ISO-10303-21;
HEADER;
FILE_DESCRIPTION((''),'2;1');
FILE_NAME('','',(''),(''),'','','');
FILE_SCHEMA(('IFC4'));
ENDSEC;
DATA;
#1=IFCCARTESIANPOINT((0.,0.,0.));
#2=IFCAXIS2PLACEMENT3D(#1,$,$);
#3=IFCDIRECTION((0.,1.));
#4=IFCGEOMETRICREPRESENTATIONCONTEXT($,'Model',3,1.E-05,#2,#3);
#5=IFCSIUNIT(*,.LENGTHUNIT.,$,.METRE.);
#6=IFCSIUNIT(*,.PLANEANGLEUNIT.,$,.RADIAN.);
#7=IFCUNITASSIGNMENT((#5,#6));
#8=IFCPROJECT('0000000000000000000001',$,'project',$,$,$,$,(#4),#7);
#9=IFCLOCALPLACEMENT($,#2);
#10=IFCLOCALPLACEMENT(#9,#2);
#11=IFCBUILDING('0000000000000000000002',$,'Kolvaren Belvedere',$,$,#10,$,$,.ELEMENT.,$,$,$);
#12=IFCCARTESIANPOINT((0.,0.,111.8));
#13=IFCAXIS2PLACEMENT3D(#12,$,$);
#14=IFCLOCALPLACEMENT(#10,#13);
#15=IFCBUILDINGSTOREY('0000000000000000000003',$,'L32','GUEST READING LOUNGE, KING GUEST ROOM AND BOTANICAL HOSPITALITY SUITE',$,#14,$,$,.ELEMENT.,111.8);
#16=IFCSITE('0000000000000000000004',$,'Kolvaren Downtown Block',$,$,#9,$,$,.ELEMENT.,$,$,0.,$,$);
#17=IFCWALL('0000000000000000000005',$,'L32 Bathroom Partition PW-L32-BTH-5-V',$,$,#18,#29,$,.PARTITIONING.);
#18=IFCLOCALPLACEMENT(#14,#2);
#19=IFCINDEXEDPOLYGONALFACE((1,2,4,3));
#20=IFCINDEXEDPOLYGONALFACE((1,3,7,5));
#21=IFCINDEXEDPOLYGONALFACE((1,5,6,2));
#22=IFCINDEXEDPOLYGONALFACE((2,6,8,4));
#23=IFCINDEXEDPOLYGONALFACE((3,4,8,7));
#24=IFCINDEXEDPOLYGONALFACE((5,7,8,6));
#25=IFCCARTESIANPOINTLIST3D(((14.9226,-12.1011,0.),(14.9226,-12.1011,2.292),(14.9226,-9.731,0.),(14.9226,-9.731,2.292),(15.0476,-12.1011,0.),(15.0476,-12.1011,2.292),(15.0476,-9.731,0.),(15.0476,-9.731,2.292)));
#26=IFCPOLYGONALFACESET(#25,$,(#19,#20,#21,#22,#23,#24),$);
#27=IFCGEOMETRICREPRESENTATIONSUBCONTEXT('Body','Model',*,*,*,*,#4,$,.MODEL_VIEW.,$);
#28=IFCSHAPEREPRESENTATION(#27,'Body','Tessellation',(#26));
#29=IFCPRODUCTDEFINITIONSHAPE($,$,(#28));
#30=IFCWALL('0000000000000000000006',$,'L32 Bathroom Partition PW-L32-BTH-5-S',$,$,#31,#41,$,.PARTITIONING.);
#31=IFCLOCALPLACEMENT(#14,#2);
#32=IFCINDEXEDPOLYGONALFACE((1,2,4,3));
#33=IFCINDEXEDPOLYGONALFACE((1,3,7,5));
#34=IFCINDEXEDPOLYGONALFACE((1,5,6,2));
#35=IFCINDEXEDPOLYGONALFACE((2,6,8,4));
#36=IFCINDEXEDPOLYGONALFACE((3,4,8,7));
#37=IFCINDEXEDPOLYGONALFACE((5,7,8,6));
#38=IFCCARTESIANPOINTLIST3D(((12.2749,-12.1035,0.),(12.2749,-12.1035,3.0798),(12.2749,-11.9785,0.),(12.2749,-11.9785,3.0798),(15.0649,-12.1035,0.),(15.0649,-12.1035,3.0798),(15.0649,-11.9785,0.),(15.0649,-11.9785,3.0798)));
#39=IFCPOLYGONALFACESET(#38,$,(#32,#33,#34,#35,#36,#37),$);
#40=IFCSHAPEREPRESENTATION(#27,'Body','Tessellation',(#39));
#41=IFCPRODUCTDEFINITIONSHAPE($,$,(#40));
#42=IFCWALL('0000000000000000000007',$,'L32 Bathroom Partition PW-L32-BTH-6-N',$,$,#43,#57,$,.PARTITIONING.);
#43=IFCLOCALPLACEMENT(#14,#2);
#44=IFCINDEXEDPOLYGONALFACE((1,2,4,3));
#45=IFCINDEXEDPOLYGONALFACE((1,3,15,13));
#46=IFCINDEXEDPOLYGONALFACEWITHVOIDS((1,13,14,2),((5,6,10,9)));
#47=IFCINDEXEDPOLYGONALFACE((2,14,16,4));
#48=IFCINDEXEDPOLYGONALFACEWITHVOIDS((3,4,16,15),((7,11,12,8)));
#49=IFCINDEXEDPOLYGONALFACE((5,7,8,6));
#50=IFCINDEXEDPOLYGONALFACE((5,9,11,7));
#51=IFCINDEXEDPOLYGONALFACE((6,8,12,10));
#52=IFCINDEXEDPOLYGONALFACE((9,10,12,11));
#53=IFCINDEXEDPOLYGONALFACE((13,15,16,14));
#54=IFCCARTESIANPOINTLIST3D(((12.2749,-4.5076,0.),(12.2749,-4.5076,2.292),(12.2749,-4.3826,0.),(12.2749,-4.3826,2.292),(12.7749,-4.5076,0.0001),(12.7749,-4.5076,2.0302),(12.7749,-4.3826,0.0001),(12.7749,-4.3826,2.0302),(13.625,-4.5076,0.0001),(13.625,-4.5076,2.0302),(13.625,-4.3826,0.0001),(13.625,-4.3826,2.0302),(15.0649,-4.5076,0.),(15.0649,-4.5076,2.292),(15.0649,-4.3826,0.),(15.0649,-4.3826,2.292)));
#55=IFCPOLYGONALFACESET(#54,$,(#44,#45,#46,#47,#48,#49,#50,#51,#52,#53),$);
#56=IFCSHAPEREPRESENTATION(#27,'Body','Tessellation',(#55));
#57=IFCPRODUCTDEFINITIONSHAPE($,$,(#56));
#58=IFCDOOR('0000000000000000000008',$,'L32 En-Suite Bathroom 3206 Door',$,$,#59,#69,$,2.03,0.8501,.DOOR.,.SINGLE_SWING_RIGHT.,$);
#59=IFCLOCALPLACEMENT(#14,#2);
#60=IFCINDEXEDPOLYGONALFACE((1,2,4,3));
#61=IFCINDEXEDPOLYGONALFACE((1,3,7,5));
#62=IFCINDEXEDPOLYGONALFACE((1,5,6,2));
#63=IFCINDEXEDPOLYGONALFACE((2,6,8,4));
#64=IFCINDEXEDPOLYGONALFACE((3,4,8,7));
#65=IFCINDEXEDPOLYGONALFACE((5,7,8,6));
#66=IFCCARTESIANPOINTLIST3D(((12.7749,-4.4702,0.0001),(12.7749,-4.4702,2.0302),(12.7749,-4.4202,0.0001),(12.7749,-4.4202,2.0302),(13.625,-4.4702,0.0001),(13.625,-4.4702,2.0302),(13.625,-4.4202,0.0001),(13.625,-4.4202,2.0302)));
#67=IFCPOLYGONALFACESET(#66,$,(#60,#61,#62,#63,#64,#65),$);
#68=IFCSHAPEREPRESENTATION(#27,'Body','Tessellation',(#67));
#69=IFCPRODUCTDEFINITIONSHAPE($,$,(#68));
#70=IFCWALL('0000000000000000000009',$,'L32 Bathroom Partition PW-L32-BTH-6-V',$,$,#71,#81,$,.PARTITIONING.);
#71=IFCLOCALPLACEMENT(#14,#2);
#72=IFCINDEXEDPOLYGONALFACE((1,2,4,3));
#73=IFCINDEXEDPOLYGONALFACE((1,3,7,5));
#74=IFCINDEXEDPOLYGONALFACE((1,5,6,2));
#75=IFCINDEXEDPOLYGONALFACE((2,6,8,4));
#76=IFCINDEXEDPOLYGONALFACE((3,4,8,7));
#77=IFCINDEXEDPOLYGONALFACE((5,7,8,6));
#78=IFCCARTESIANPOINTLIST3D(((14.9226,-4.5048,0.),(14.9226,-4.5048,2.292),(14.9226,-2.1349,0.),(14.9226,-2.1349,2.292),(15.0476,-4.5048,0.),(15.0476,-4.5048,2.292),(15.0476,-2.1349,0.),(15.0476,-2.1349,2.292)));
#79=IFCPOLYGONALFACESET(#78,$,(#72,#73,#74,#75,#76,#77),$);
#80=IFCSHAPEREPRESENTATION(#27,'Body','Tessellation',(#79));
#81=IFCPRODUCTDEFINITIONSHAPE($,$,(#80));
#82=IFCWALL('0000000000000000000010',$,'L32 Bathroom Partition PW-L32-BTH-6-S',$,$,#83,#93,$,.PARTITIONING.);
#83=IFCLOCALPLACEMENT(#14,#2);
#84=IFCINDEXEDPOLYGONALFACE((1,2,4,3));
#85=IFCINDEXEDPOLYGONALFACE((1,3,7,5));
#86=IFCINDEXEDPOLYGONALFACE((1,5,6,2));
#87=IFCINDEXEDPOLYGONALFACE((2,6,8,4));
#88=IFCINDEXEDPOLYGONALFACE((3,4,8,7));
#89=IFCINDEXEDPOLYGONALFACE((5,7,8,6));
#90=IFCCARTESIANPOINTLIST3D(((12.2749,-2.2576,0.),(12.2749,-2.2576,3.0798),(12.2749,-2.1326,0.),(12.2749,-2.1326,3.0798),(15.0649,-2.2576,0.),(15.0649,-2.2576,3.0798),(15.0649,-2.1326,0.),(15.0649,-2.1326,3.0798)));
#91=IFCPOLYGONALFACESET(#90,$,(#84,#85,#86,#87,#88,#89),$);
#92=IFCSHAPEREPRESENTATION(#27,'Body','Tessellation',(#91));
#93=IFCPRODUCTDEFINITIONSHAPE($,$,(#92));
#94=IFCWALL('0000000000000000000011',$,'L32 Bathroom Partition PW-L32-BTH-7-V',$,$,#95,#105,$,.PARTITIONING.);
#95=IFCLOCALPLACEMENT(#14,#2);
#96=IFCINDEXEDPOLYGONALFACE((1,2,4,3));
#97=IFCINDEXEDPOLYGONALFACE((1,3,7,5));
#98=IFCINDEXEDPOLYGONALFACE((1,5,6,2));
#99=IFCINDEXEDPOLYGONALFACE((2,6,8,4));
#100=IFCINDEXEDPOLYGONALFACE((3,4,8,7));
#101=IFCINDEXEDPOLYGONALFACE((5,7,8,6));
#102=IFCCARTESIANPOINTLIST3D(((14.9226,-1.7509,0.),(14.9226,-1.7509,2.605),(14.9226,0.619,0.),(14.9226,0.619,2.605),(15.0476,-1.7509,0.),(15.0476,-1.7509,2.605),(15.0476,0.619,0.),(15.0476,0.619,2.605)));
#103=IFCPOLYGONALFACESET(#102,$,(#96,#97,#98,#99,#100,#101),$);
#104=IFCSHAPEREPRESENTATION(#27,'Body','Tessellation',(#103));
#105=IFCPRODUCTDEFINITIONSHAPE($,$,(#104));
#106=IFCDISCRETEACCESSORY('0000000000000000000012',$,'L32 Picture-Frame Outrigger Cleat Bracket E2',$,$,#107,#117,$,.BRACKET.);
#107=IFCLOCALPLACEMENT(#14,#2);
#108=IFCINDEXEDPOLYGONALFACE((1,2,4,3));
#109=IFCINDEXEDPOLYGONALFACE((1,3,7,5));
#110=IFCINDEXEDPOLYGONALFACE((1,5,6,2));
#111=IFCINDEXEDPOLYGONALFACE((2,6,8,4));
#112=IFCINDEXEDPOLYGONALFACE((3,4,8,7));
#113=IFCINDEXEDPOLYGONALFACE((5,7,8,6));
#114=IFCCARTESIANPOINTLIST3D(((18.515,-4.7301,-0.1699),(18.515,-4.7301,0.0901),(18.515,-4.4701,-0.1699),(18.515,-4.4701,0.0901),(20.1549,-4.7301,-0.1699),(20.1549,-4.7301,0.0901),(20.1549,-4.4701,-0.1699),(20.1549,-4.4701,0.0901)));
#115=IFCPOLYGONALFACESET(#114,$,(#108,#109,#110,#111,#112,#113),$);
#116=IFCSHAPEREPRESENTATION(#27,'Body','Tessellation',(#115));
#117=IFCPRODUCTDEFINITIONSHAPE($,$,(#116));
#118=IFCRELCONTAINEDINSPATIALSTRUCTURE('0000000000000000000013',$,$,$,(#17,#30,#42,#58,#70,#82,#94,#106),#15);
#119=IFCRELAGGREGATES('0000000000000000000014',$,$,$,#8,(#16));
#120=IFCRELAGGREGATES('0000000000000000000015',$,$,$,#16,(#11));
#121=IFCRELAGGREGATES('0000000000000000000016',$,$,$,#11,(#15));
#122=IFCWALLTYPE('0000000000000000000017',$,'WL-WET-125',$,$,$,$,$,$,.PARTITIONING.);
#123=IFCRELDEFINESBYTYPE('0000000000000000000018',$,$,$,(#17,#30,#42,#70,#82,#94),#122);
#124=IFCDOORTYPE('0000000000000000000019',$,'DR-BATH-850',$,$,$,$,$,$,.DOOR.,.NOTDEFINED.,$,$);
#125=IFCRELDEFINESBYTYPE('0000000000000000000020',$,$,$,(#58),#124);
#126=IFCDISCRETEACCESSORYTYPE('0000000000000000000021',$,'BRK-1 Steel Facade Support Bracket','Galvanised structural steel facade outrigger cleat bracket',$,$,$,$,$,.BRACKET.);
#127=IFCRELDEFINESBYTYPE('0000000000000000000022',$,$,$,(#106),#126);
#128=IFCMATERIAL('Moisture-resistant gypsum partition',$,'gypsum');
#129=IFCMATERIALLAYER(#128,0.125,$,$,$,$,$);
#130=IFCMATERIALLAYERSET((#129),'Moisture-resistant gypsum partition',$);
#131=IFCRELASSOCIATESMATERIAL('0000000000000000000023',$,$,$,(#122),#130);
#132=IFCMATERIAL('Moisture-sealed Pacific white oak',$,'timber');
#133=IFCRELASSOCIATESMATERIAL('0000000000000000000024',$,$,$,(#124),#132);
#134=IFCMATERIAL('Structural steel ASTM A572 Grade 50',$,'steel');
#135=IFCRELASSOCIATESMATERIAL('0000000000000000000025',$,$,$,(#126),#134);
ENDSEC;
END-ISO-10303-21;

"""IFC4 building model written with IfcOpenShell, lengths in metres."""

from ifc_helpers import new_model, si_unit, direction, frame, frame_2d, origin, origin_2d, place, context, subcontext, project, spatial, rectangle, extrude, material, layer, layer_set, type_object, element, fill, save


model = new_model("IFC4")

# Units and contexts
model_context = context("Model", 3, precision=1e-05, world=origin(), true_north=direction((0.0, 1.0)))
body_context = subcontext(model_context, "Body", "Model", "MODEL_VIEW")
ifc_project = project(units=[si_unit("LENGTHUNIT", "METRE"), si_unit("PLANEANGLEUNIT", "RADIAN")], contexts=[model_context])

# Site, building, storey
site_placement = place(None, origin())
site = spatial("IfcSite", under=ifc_project, at=site_placement, Name="Kolvaren Downtown Block", CompositionType="ELEMENT", RefElevation=0.0)
building_placement = place(site_placement, origin())
building = spatial("IfcBuilding", under=site, at=building_placement, Name="Kolvaren Belvedere", CompositionType="ELEMENT")
storey_placement = place(building_placement, frame((0.0, 0.0, 111.8)))
storey = spatial("IfcBuildingStorey", under=building, at=storey_placement, Name="L32", Description="GUEST READING LOUNGE, KING GUEST ROOM AND BOTANICAL HOSPITALITY SUITE", CompositionType="ELEMENT", Elevation=111.8)

# Shared definitions
ifc_material_1 = material(Name="Moisture-resistant gypsum partition", Category="gypsum")
ifc_layer_1 = layer(ifc_material_1, 0.125)
ifc_layer_set_1 = layer_set([ifc_layer_1], Name="Moisture-resistant gypsum partition")
wall_type_1 = type_object("IfcWallType", Name="WL-WET-125", PredefinedType="PARTITIONING", material=ifc_layer_set_1)
ifc_material_2 = material(Name="Moisture-sealed Pacific white oak", Category="timber")
door_type = type_object("IfcDoorType", Name="DR-BATH-850", OperationType="NOTDEFINED", PredefinedType="DOOR", material=ifc_material_2)

# Walls
wall_1_placement = place(storey_placement, frame((14.9851, -12.1011, 0.0), z_axis=(0.0, 0.0, 1.0), x_axis=(0.0, 1.0, 0.0)))
element("IfcWall", 1, at=wall_1_placement, inside=storey, type_object=wall_type_1, Name="L32 Bathroom Partition PW-L32-BTH-5-V", PredefinedType="PARTITIONING", context=body_context, shape_type="SweptSolid", body=[
    extrude(rectangle(XDim=2.3701, YDim=0.125, at=frame_2d((1.1851, 0.0))), origin(), (0.0, 0.0, 1.0), 2.292),
])
wall_2_placement = place(storey_placement, frame((12.2749, -12.041, 0.0), z_axis=(0.0, 0.0, 1.0), x_axis=(1.0, 0.0, 0.0)))
element("IfcWall", 2, at=wall_2_placement, inside=storey, type_object=wall_type_1, Name="L32 Bathroom Partition PW-L32-BTH-5-S", PredefinedType="PARTITIONING", context=body_context, shape_type="SweptSolid", body=[
    extrude(rectangle(XDim=2.79, YDim=0.125, at=frame_2d((1.395, 0.0))), origin(), (0.0, 0.0, 1.0), 3.0798),
])

# Wall, opening, door
wall_3_placement = place(storey_placement, frame((12.2749, -4.4451, 0.0), z_axis=(0.0, 0.0, 1.0), x_axis=(1.0, 0.0, 0.0)))
wall_3 = element("IfcWall", 3, at=wall_3_placement, inside=storey, type_object=wall_type_1, Name="L32 Bathroom Partition PW-L32-BTH-6-N", PredefinedType="PARTITIONING", context=body_context, shape_type="SweptSolid", body=[
    extrude(rectangle(XDim=2.79, YDim=0.125, at=frame_2d((1.395, 0.0))), origin(), (0.0, 0.0, 1.0), 2.292),
])
opening_1_placement = place(wall_3_placement, frame((0.5, 0.0, 0.0)))
opening_1 = element("IfcOpeningElement", 4, at=opening_1_placement, cuts=wall_3, PredefinedType="OPENING", context=body_context, shape_type="SweptSolid", body=[
    extrude(rectangle(XDim=0.8501, YDim=2.03, at=frame_2d((0.425, 1.0151))), frame((0.0, 0.0725, 0.0), z_axis=(0.0, -1.0, 0.0), x_axis=(1.0, 0.0, 0.0)), (0.0, 0.0, 1.0), 0.145),
])
door_1_placement = place(opening_1_placement, origin())
door_1 = element("IfcDoor", 5, at=door_1_placement, inside=storey, type_object=door_type, Name="L32 En-Suite Bathroom 3206 Door", OperationType="SINGLE_SWING_RIGHT", OverallHeight=2.03, OverallWidth=0.8501, PredefinedType="DOOR", context=body_context, shape_type="SweptSolid", body=[
    extrude(rectangle(XDim=0.8501, YDim=2.03, at=frame_2d((0.425, 1.0151))), frame((0.0, 0.0249, 0.0), z_axis=(0.0, -1.0, 0.0), x_axis=(1.0, 0.0, 0.0)), (0.0, 0.0, 1.0), 0.05),
])
fill(opening_1, door_1)

# Walls
wall_4_placement = place(storey_placement, frame((14.9851, -4.5049, 0.0), z_axis=(0.0, 0.0, 1.0), x_axis=(0.0, 1.0, 0.0)))
element("IfcWall", 6, at=wall_4_placement, inside=storey, type_object=wall_type_1, Name="L32 Bathroom Partition PW-L32-BTH-6-V", PredefinedType="PARTITIONING", context=body_context, shape_type="SweptSolid", body=[
    extrude(rectangle(XDim=2.3699, YDim=0.125, at=frame_2d((1.1851, 0.0))), origin(), (0.0, 0.0, 1.0), 2.292),
])
wall_5_placement = place(storey_placement, frame((12.2749, -2.1951, 0.0), z_axis=(0.0, 0.0, 1.0), x_axis=(1.0, 0.0, 0.0)))
element("IfcWall", 7, at=wall_5_placement, inside=storey, type_object=wall_type_1, Name="L32 Bathroom Partition PW-L32-BTH-6-S", PredefinedType="PARTITIONING", context=body_context, shape_type="SweptSolid", body=[
    extrude(rectangle(XDim=2.79, YDim=0.125, at=frame_2d((1.395, 0.0))), origin(), (0.0, 0.0, 1.0), 3.0798),
])
wall_6_placement = place(storey_placement, frame((14.9851, -1.751, 0.0), z_axis=(0.0, 0.0, 1.0), x_axis=(0.0, 1.0, 0.0)))
element("IfcWall", 8, at=wall_6_placement, inside=storey, type_object=wall_type_1, Name="L32 Bathroom Partition PW-L32-BTH-7-V", PredefinedType="PARTITIONING", context=body_context, shape_type="SweptSolid", body=[
    extrude(rectangle(XDim=2.3699, YDim=0.125, at=frame_2d((1.1851, 0.0))), origin(), (0.0, 0.0, 1.0), 2.605),
])

# Discrete accessory
ifc_material_3 = material(Name="Structural steel ASTM A572 Grade 50", Category="steel")
discrete_accessory_type = type_object("IfcDiscreteAccessoryType", Name="BRK-1 Steel Facade Support Bracket", Description="Galvanised structural steel facade outrigger cleat bracket", PredefinedType="BRACKET", material=ifc_material_3)
discrete_accessory_placement = place(storey_placement, frame((19.335, -4.6001, -0.1699), z_axis=(0.0, 0.0, 1.0), x_axis=(1.0, 0.0, 0.0)))
element("IfcDiscreteAccessory", 9, at=discrete_accessory_placement, inside=storey, type_object=discrete_accessory_type, Name="L32 Picture-Frame Outrigger Cleat Bracket E2", PredefinedType="BRACKET", context=body_context, shape_type="SweptSolid", body=[
    extrude(rectangle(XDim=1.6399, YDim=0.26, at=origin_2d()), origin(), (0.0, 0.0, 1.0), 0.26),
])

save(model, "model.ifc")
